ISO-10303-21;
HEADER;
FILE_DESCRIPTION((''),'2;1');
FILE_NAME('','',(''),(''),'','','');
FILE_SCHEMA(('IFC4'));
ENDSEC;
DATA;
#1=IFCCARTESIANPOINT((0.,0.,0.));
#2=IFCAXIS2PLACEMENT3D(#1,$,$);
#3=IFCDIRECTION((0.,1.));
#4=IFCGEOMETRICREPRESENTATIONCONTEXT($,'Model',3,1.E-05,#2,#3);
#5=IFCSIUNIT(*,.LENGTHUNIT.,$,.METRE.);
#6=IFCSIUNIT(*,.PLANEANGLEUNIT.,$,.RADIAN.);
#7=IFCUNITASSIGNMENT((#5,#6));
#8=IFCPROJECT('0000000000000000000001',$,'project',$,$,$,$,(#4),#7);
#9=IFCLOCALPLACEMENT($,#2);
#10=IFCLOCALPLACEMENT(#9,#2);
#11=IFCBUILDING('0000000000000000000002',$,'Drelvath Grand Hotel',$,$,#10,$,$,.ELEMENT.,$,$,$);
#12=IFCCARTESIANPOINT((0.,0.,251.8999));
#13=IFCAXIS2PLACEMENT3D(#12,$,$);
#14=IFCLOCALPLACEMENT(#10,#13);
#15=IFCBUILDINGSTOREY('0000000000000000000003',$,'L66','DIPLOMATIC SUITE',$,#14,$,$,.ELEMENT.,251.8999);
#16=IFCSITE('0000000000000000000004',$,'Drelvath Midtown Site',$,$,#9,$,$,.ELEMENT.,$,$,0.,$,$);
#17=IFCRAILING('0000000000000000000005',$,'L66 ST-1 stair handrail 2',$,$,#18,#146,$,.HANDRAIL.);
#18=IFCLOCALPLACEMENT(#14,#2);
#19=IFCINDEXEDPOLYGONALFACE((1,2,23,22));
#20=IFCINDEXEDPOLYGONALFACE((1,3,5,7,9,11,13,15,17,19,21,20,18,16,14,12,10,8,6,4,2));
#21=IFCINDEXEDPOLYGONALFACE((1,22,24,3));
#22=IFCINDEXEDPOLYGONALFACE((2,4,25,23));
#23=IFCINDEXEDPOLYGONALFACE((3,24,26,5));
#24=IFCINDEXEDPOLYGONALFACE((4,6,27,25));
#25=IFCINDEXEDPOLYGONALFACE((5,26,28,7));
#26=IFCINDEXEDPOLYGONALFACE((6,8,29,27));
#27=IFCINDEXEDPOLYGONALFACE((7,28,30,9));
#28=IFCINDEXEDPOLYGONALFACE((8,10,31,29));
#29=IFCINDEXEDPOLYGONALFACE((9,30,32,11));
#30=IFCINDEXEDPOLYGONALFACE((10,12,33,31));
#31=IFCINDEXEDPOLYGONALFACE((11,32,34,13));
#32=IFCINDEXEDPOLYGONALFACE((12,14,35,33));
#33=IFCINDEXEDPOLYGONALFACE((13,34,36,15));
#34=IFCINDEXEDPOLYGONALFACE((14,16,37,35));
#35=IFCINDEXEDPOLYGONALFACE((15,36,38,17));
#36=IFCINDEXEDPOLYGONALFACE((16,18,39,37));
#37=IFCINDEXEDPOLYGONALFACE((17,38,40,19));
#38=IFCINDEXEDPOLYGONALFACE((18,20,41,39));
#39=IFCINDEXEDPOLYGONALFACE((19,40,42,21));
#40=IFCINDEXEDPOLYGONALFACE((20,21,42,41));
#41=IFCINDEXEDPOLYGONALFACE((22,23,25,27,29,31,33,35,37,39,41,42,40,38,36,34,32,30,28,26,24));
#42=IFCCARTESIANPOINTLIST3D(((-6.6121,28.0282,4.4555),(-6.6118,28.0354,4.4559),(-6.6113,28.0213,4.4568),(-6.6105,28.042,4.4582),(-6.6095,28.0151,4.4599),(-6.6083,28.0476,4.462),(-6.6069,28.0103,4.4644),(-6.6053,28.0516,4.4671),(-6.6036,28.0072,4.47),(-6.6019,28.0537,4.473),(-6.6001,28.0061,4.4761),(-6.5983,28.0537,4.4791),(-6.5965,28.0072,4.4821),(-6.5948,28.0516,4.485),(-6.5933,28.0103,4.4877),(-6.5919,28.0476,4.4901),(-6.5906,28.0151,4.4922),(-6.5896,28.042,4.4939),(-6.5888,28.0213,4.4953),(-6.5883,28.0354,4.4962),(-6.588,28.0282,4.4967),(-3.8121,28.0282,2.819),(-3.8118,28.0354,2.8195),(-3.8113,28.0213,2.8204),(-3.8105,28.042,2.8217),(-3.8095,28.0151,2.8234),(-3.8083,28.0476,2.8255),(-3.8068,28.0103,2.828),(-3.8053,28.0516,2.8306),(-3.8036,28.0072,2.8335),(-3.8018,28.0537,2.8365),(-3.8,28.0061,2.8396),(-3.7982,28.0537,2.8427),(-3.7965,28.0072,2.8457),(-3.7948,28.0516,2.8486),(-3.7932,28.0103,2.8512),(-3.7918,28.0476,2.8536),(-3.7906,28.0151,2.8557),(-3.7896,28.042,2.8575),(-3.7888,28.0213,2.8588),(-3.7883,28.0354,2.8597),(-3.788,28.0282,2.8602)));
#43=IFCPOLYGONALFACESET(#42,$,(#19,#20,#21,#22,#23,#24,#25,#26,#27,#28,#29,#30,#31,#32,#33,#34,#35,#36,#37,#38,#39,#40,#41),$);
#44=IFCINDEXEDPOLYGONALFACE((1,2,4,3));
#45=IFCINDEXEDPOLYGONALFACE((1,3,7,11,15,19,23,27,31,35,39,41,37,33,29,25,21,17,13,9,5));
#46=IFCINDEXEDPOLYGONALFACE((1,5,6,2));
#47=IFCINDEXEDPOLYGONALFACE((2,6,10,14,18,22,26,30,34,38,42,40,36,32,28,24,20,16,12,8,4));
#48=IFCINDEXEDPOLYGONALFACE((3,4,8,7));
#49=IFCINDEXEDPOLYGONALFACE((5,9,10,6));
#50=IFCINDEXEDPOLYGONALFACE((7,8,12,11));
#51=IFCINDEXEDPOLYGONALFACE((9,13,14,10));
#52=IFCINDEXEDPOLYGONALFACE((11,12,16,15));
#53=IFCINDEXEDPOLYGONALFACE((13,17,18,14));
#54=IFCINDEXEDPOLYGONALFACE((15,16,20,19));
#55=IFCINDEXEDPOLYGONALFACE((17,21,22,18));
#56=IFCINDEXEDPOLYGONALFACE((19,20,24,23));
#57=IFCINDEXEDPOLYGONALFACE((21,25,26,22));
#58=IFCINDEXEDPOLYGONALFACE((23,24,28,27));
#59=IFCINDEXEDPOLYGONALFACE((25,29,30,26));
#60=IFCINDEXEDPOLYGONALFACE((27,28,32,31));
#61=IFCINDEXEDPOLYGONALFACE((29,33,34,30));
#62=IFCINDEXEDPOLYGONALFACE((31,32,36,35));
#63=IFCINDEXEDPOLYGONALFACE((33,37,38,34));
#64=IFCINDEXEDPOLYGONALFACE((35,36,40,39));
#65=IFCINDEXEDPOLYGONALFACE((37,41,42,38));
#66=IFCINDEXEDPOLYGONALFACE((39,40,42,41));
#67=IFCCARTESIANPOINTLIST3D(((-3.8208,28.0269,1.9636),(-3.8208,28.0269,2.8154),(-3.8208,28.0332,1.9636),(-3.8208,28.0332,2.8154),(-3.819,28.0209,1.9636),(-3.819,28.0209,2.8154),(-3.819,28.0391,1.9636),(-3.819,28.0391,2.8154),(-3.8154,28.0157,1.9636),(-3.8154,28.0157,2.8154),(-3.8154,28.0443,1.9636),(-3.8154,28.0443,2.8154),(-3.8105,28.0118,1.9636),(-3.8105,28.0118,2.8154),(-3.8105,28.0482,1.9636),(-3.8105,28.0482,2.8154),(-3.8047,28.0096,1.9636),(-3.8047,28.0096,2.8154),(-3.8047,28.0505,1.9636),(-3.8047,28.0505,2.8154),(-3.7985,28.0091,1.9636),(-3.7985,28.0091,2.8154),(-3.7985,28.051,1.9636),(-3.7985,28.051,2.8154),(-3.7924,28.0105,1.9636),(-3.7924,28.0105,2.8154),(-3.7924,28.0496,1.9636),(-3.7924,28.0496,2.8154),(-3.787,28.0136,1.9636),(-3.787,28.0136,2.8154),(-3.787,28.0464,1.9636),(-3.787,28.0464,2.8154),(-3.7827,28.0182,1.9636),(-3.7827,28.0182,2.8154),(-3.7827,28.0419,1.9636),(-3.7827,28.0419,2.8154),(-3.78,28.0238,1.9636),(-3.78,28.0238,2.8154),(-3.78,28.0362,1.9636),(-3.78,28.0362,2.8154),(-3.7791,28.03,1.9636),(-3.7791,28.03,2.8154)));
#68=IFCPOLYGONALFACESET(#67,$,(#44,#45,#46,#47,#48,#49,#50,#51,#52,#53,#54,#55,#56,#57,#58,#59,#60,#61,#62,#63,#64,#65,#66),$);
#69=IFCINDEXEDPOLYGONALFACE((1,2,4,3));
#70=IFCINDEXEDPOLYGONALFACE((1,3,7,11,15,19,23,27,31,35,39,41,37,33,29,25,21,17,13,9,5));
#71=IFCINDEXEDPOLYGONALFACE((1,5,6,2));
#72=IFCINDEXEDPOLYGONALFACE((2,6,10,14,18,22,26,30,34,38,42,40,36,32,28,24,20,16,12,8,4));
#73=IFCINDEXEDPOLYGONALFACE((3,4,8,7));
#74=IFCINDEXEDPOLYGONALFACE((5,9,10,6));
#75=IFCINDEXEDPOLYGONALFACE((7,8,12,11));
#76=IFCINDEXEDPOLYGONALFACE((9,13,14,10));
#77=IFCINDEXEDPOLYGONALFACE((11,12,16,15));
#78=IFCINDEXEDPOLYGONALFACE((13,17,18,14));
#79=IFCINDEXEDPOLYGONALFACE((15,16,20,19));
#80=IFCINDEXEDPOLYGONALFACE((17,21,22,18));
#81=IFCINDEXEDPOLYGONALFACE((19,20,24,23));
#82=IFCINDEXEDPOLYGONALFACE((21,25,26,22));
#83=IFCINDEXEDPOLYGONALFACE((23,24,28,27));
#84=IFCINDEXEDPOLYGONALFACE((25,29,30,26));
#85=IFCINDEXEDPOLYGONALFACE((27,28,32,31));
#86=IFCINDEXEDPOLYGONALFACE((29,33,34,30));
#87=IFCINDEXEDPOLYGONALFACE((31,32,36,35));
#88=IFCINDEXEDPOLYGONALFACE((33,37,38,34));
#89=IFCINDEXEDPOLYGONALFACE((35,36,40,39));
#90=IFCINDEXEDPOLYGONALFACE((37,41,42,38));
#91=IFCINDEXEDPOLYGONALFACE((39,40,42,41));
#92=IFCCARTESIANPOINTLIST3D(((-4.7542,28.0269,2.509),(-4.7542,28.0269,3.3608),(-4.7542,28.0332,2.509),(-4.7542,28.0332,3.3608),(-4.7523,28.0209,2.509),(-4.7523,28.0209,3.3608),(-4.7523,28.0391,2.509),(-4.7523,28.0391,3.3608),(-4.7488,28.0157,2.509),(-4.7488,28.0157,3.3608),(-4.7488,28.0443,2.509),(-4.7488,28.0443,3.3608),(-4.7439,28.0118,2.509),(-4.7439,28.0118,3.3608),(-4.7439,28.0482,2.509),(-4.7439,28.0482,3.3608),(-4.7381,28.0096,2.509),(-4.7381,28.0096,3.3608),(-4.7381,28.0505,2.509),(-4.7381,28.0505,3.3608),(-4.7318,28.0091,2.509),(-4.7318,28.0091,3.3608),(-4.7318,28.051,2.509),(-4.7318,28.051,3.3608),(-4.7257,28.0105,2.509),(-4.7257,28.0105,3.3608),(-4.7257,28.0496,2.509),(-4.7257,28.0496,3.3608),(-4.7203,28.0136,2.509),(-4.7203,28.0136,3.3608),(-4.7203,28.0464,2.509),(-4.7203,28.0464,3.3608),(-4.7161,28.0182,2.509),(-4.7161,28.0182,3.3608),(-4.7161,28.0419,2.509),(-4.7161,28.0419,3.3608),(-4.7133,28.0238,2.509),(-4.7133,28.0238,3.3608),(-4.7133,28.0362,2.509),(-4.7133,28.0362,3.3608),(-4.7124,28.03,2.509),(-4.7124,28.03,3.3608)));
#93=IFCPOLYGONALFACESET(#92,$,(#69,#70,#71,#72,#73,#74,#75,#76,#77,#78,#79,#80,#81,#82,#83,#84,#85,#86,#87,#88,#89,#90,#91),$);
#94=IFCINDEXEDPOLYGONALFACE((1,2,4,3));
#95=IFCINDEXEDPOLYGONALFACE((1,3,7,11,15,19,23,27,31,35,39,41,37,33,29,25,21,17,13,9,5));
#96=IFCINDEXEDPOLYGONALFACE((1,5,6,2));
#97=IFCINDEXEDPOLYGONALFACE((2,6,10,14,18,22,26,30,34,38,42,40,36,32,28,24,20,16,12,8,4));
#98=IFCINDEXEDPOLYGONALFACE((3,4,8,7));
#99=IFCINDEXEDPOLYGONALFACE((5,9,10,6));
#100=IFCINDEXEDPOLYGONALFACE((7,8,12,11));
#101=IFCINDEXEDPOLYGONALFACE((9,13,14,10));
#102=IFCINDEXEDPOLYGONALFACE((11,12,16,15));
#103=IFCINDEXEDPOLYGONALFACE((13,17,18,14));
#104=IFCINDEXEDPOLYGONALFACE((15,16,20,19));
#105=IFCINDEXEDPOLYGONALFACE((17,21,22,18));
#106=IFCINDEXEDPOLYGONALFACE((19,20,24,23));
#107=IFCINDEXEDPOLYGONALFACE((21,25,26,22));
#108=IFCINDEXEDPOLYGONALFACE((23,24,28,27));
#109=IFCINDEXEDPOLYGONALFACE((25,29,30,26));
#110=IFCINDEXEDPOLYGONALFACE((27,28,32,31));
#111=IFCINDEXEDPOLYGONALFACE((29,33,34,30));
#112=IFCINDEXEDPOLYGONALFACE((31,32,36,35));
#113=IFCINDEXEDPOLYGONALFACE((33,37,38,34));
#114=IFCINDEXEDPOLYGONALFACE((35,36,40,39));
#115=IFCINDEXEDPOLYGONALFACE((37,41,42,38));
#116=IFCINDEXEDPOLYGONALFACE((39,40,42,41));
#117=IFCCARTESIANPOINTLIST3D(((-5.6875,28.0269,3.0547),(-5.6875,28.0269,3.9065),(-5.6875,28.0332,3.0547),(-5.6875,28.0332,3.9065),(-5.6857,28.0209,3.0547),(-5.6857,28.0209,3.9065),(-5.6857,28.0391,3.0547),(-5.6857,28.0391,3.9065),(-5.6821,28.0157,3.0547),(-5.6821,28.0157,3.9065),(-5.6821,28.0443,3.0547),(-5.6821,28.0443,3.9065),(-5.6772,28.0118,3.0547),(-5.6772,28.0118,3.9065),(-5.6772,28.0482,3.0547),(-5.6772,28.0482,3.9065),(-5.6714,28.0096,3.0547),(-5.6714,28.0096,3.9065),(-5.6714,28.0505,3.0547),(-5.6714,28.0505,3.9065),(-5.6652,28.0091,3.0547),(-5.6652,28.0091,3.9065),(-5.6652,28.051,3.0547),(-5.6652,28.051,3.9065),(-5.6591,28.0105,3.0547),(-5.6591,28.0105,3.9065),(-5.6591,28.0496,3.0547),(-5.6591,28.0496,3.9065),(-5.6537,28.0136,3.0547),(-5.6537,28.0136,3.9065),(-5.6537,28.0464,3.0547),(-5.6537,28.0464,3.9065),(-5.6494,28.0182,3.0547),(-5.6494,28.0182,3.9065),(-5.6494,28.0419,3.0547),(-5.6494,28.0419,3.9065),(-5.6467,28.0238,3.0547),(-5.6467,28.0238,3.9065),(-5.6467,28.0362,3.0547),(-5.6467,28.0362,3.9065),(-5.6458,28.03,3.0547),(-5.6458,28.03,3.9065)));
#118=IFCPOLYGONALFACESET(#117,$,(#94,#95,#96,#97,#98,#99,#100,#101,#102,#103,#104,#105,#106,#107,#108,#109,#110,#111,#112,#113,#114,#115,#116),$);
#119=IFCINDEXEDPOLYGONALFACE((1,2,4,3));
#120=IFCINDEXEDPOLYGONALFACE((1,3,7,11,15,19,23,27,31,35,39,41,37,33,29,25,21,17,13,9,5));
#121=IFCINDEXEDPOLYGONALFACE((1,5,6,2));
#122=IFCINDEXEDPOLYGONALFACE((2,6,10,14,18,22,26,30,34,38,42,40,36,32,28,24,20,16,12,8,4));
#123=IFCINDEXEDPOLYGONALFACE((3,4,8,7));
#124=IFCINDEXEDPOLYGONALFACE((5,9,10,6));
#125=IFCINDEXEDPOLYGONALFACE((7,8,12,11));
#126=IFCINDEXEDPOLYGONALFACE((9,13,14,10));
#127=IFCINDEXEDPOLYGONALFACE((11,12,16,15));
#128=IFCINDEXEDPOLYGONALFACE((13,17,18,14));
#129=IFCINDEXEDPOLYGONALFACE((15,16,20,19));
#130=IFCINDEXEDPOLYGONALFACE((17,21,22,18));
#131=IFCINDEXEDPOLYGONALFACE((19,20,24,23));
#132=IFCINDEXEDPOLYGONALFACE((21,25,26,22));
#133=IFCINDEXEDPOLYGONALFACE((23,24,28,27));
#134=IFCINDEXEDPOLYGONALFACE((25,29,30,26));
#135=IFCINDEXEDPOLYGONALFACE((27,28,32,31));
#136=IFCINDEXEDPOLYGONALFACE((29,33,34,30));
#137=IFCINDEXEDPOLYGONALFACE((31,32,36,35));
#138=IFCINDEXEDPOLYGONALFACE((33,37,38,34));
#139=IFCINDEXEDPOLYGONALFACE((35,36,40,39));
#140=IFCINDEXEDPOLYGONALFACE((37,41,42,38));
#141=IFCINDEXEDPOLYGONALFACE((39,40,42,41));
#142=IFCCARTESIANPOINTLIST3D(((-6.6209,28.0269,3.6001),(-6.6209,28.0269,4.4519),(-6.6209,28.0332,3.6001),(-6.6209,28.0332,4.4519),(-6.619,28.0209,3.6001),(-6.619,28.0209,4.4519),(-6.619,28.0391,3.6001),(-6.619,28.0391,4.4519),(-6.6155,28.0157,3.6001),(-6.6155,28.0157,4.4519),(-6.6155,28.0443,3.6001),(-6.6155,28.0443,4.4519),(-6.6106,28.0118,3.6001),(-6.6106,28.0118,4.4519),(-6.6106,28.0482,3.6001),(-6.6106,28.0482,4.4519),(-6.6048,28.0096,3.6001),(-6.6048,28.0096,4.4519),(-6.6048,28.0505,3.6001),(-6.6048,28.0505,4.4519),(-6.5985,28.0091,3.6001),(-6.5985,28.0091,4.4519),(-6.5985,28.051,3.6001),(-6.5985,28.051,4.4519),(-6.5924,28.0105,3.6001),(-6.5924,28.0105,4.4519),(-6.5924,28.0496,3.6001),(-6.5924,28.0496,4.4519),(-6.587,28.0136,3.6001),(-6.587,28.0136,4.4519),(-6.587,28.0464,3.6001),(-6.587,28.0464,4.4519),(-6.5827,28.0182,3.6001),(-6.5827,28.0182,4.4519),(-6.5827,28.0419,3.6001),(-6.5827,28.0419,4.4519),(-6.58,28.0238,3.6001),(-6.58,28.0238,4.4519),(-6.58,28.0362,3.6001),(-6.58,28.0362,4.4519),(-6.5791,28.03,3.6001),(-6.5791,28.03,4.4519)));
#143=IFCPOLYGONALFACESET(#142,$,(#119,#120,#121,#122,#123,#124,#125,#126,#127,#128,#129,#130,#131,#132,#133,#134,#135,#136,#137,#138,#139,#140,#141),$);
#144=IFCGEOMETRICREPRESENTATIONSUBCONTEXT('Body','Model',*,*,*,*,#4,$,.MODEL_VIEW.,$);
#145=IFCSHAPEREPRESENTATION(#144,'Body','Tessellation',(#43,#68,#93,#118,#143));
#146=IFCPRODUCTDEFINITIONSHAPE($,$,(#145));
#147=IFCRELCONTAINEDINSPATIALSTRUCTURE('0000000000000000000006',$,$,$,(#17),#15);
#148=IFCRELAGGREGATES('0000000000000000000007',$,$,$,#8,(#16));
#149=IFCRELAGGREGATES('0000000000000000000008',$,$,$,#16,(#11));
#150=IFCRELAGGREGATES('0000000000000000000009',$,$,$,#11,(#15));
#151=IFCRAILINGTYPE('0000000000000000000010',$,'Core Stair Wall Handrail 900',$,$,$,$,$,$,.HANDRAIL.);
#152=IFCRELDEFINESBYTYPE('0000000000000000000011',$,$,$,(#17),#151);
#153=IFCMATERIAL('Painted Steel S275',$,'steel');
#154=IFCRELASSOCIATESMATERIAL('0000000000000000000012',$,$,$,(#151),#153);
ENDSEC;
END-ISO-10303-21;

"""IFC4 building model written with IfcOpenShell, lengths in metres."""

from ifc_helpers import new_model, si_unit, direction, frame, origin, origin_2d, place, context, subcontext, project, spatial, circle, extrude, material, type_object, element, save


model = new_model("IFC4")

# Units and contexts
model_context = context("Model", 3, precision=1e-05, world=origin(), true_north=direction((0.0, 1.0)))
body_context = subcontext(model_context, "Body", "Model", "MODEL_VIEW")
ifc_project = project(units=[si_unit("LENGTHUNIT", "METRE"), si_unit("PLANEANGLEUNIT", "RADIAN")], contexts=[model_context])

# Site, building, storey
site_placement = place(None, origin())
site = spatial("IfcSite", under=ifc_project, at=site_placement, Name="Drelvath Midtown Site", CompositionType="ELEMENT", RefElevation=0.0)
building_placement = place(site_placement, origin())
building = spatial("IfcBuilding", under=site, at=building_placement, Name="Drelvath Grand Hotel", CompositionType="ELEMENT")
storey_placement = place(building_placement, frame((0.0, 0.0, 251.8999)))
storey = spatial("IfcBuildingStorey", under=building, at=storey_placement, Name="L66", Description="DIPLOMATIC SUITE", CompositionType="ELEMENT", Elevation=251.8999)

# Shared definitions
ifc_material_1 = material(Name="Painted Steel S275", Category="steel")

# Railing
railing_type_1 = type_object("IfcRailingType", Name="Core Stair Wall Handrail 900", PredefinedType="HANDRAIL", material=ifc_material_1)
railing_1_placement = place(storey_placement, frame((-3.8, 28.03, 1.9636)))
element("IfcRailing", 1, at=railing_1_placement, inside=storey, type_object=railing_type_1, Name="L66 ST-1 stair handrail 2", PredefinedType="HANDRAIL", context=body_context, shape_type="SweptSolid", body=[
    extrude(circle(Radius=0.0239, at=origin_2d()), frame((0.0, 0.0, 0.876), z_axis=(-0.863361, 0.0, 0.504587), x_axis=(0.0, -1.0, 0.0)), (0.0, 0.0, 1.0), 3.2432),
    extrude(circle(Radius=0.021, at=origin_2d()), origin(), (0.0, 0.0, 1.0), 0.8518),
    extrude(circle(Radius=0.021, at=origin_2d()), frame((-0.9333, 0.0, 0.5454)), (0.0, 0.0, 1.0), 0.8518),
    extrude(circle(Radius=0.021, at=origin_2d()), frame((-1.8667, 0.0, 1.0911)), (0.0, 0.0, 1.0), 0.8518),
    extrude(circle(Radius=0.021, at=origin_2d()), frame((-2.8, 0.0, 1.6365)), (0.0, 0.0, 1.0), 0.8518),
])

save(model, "model.ifc")
